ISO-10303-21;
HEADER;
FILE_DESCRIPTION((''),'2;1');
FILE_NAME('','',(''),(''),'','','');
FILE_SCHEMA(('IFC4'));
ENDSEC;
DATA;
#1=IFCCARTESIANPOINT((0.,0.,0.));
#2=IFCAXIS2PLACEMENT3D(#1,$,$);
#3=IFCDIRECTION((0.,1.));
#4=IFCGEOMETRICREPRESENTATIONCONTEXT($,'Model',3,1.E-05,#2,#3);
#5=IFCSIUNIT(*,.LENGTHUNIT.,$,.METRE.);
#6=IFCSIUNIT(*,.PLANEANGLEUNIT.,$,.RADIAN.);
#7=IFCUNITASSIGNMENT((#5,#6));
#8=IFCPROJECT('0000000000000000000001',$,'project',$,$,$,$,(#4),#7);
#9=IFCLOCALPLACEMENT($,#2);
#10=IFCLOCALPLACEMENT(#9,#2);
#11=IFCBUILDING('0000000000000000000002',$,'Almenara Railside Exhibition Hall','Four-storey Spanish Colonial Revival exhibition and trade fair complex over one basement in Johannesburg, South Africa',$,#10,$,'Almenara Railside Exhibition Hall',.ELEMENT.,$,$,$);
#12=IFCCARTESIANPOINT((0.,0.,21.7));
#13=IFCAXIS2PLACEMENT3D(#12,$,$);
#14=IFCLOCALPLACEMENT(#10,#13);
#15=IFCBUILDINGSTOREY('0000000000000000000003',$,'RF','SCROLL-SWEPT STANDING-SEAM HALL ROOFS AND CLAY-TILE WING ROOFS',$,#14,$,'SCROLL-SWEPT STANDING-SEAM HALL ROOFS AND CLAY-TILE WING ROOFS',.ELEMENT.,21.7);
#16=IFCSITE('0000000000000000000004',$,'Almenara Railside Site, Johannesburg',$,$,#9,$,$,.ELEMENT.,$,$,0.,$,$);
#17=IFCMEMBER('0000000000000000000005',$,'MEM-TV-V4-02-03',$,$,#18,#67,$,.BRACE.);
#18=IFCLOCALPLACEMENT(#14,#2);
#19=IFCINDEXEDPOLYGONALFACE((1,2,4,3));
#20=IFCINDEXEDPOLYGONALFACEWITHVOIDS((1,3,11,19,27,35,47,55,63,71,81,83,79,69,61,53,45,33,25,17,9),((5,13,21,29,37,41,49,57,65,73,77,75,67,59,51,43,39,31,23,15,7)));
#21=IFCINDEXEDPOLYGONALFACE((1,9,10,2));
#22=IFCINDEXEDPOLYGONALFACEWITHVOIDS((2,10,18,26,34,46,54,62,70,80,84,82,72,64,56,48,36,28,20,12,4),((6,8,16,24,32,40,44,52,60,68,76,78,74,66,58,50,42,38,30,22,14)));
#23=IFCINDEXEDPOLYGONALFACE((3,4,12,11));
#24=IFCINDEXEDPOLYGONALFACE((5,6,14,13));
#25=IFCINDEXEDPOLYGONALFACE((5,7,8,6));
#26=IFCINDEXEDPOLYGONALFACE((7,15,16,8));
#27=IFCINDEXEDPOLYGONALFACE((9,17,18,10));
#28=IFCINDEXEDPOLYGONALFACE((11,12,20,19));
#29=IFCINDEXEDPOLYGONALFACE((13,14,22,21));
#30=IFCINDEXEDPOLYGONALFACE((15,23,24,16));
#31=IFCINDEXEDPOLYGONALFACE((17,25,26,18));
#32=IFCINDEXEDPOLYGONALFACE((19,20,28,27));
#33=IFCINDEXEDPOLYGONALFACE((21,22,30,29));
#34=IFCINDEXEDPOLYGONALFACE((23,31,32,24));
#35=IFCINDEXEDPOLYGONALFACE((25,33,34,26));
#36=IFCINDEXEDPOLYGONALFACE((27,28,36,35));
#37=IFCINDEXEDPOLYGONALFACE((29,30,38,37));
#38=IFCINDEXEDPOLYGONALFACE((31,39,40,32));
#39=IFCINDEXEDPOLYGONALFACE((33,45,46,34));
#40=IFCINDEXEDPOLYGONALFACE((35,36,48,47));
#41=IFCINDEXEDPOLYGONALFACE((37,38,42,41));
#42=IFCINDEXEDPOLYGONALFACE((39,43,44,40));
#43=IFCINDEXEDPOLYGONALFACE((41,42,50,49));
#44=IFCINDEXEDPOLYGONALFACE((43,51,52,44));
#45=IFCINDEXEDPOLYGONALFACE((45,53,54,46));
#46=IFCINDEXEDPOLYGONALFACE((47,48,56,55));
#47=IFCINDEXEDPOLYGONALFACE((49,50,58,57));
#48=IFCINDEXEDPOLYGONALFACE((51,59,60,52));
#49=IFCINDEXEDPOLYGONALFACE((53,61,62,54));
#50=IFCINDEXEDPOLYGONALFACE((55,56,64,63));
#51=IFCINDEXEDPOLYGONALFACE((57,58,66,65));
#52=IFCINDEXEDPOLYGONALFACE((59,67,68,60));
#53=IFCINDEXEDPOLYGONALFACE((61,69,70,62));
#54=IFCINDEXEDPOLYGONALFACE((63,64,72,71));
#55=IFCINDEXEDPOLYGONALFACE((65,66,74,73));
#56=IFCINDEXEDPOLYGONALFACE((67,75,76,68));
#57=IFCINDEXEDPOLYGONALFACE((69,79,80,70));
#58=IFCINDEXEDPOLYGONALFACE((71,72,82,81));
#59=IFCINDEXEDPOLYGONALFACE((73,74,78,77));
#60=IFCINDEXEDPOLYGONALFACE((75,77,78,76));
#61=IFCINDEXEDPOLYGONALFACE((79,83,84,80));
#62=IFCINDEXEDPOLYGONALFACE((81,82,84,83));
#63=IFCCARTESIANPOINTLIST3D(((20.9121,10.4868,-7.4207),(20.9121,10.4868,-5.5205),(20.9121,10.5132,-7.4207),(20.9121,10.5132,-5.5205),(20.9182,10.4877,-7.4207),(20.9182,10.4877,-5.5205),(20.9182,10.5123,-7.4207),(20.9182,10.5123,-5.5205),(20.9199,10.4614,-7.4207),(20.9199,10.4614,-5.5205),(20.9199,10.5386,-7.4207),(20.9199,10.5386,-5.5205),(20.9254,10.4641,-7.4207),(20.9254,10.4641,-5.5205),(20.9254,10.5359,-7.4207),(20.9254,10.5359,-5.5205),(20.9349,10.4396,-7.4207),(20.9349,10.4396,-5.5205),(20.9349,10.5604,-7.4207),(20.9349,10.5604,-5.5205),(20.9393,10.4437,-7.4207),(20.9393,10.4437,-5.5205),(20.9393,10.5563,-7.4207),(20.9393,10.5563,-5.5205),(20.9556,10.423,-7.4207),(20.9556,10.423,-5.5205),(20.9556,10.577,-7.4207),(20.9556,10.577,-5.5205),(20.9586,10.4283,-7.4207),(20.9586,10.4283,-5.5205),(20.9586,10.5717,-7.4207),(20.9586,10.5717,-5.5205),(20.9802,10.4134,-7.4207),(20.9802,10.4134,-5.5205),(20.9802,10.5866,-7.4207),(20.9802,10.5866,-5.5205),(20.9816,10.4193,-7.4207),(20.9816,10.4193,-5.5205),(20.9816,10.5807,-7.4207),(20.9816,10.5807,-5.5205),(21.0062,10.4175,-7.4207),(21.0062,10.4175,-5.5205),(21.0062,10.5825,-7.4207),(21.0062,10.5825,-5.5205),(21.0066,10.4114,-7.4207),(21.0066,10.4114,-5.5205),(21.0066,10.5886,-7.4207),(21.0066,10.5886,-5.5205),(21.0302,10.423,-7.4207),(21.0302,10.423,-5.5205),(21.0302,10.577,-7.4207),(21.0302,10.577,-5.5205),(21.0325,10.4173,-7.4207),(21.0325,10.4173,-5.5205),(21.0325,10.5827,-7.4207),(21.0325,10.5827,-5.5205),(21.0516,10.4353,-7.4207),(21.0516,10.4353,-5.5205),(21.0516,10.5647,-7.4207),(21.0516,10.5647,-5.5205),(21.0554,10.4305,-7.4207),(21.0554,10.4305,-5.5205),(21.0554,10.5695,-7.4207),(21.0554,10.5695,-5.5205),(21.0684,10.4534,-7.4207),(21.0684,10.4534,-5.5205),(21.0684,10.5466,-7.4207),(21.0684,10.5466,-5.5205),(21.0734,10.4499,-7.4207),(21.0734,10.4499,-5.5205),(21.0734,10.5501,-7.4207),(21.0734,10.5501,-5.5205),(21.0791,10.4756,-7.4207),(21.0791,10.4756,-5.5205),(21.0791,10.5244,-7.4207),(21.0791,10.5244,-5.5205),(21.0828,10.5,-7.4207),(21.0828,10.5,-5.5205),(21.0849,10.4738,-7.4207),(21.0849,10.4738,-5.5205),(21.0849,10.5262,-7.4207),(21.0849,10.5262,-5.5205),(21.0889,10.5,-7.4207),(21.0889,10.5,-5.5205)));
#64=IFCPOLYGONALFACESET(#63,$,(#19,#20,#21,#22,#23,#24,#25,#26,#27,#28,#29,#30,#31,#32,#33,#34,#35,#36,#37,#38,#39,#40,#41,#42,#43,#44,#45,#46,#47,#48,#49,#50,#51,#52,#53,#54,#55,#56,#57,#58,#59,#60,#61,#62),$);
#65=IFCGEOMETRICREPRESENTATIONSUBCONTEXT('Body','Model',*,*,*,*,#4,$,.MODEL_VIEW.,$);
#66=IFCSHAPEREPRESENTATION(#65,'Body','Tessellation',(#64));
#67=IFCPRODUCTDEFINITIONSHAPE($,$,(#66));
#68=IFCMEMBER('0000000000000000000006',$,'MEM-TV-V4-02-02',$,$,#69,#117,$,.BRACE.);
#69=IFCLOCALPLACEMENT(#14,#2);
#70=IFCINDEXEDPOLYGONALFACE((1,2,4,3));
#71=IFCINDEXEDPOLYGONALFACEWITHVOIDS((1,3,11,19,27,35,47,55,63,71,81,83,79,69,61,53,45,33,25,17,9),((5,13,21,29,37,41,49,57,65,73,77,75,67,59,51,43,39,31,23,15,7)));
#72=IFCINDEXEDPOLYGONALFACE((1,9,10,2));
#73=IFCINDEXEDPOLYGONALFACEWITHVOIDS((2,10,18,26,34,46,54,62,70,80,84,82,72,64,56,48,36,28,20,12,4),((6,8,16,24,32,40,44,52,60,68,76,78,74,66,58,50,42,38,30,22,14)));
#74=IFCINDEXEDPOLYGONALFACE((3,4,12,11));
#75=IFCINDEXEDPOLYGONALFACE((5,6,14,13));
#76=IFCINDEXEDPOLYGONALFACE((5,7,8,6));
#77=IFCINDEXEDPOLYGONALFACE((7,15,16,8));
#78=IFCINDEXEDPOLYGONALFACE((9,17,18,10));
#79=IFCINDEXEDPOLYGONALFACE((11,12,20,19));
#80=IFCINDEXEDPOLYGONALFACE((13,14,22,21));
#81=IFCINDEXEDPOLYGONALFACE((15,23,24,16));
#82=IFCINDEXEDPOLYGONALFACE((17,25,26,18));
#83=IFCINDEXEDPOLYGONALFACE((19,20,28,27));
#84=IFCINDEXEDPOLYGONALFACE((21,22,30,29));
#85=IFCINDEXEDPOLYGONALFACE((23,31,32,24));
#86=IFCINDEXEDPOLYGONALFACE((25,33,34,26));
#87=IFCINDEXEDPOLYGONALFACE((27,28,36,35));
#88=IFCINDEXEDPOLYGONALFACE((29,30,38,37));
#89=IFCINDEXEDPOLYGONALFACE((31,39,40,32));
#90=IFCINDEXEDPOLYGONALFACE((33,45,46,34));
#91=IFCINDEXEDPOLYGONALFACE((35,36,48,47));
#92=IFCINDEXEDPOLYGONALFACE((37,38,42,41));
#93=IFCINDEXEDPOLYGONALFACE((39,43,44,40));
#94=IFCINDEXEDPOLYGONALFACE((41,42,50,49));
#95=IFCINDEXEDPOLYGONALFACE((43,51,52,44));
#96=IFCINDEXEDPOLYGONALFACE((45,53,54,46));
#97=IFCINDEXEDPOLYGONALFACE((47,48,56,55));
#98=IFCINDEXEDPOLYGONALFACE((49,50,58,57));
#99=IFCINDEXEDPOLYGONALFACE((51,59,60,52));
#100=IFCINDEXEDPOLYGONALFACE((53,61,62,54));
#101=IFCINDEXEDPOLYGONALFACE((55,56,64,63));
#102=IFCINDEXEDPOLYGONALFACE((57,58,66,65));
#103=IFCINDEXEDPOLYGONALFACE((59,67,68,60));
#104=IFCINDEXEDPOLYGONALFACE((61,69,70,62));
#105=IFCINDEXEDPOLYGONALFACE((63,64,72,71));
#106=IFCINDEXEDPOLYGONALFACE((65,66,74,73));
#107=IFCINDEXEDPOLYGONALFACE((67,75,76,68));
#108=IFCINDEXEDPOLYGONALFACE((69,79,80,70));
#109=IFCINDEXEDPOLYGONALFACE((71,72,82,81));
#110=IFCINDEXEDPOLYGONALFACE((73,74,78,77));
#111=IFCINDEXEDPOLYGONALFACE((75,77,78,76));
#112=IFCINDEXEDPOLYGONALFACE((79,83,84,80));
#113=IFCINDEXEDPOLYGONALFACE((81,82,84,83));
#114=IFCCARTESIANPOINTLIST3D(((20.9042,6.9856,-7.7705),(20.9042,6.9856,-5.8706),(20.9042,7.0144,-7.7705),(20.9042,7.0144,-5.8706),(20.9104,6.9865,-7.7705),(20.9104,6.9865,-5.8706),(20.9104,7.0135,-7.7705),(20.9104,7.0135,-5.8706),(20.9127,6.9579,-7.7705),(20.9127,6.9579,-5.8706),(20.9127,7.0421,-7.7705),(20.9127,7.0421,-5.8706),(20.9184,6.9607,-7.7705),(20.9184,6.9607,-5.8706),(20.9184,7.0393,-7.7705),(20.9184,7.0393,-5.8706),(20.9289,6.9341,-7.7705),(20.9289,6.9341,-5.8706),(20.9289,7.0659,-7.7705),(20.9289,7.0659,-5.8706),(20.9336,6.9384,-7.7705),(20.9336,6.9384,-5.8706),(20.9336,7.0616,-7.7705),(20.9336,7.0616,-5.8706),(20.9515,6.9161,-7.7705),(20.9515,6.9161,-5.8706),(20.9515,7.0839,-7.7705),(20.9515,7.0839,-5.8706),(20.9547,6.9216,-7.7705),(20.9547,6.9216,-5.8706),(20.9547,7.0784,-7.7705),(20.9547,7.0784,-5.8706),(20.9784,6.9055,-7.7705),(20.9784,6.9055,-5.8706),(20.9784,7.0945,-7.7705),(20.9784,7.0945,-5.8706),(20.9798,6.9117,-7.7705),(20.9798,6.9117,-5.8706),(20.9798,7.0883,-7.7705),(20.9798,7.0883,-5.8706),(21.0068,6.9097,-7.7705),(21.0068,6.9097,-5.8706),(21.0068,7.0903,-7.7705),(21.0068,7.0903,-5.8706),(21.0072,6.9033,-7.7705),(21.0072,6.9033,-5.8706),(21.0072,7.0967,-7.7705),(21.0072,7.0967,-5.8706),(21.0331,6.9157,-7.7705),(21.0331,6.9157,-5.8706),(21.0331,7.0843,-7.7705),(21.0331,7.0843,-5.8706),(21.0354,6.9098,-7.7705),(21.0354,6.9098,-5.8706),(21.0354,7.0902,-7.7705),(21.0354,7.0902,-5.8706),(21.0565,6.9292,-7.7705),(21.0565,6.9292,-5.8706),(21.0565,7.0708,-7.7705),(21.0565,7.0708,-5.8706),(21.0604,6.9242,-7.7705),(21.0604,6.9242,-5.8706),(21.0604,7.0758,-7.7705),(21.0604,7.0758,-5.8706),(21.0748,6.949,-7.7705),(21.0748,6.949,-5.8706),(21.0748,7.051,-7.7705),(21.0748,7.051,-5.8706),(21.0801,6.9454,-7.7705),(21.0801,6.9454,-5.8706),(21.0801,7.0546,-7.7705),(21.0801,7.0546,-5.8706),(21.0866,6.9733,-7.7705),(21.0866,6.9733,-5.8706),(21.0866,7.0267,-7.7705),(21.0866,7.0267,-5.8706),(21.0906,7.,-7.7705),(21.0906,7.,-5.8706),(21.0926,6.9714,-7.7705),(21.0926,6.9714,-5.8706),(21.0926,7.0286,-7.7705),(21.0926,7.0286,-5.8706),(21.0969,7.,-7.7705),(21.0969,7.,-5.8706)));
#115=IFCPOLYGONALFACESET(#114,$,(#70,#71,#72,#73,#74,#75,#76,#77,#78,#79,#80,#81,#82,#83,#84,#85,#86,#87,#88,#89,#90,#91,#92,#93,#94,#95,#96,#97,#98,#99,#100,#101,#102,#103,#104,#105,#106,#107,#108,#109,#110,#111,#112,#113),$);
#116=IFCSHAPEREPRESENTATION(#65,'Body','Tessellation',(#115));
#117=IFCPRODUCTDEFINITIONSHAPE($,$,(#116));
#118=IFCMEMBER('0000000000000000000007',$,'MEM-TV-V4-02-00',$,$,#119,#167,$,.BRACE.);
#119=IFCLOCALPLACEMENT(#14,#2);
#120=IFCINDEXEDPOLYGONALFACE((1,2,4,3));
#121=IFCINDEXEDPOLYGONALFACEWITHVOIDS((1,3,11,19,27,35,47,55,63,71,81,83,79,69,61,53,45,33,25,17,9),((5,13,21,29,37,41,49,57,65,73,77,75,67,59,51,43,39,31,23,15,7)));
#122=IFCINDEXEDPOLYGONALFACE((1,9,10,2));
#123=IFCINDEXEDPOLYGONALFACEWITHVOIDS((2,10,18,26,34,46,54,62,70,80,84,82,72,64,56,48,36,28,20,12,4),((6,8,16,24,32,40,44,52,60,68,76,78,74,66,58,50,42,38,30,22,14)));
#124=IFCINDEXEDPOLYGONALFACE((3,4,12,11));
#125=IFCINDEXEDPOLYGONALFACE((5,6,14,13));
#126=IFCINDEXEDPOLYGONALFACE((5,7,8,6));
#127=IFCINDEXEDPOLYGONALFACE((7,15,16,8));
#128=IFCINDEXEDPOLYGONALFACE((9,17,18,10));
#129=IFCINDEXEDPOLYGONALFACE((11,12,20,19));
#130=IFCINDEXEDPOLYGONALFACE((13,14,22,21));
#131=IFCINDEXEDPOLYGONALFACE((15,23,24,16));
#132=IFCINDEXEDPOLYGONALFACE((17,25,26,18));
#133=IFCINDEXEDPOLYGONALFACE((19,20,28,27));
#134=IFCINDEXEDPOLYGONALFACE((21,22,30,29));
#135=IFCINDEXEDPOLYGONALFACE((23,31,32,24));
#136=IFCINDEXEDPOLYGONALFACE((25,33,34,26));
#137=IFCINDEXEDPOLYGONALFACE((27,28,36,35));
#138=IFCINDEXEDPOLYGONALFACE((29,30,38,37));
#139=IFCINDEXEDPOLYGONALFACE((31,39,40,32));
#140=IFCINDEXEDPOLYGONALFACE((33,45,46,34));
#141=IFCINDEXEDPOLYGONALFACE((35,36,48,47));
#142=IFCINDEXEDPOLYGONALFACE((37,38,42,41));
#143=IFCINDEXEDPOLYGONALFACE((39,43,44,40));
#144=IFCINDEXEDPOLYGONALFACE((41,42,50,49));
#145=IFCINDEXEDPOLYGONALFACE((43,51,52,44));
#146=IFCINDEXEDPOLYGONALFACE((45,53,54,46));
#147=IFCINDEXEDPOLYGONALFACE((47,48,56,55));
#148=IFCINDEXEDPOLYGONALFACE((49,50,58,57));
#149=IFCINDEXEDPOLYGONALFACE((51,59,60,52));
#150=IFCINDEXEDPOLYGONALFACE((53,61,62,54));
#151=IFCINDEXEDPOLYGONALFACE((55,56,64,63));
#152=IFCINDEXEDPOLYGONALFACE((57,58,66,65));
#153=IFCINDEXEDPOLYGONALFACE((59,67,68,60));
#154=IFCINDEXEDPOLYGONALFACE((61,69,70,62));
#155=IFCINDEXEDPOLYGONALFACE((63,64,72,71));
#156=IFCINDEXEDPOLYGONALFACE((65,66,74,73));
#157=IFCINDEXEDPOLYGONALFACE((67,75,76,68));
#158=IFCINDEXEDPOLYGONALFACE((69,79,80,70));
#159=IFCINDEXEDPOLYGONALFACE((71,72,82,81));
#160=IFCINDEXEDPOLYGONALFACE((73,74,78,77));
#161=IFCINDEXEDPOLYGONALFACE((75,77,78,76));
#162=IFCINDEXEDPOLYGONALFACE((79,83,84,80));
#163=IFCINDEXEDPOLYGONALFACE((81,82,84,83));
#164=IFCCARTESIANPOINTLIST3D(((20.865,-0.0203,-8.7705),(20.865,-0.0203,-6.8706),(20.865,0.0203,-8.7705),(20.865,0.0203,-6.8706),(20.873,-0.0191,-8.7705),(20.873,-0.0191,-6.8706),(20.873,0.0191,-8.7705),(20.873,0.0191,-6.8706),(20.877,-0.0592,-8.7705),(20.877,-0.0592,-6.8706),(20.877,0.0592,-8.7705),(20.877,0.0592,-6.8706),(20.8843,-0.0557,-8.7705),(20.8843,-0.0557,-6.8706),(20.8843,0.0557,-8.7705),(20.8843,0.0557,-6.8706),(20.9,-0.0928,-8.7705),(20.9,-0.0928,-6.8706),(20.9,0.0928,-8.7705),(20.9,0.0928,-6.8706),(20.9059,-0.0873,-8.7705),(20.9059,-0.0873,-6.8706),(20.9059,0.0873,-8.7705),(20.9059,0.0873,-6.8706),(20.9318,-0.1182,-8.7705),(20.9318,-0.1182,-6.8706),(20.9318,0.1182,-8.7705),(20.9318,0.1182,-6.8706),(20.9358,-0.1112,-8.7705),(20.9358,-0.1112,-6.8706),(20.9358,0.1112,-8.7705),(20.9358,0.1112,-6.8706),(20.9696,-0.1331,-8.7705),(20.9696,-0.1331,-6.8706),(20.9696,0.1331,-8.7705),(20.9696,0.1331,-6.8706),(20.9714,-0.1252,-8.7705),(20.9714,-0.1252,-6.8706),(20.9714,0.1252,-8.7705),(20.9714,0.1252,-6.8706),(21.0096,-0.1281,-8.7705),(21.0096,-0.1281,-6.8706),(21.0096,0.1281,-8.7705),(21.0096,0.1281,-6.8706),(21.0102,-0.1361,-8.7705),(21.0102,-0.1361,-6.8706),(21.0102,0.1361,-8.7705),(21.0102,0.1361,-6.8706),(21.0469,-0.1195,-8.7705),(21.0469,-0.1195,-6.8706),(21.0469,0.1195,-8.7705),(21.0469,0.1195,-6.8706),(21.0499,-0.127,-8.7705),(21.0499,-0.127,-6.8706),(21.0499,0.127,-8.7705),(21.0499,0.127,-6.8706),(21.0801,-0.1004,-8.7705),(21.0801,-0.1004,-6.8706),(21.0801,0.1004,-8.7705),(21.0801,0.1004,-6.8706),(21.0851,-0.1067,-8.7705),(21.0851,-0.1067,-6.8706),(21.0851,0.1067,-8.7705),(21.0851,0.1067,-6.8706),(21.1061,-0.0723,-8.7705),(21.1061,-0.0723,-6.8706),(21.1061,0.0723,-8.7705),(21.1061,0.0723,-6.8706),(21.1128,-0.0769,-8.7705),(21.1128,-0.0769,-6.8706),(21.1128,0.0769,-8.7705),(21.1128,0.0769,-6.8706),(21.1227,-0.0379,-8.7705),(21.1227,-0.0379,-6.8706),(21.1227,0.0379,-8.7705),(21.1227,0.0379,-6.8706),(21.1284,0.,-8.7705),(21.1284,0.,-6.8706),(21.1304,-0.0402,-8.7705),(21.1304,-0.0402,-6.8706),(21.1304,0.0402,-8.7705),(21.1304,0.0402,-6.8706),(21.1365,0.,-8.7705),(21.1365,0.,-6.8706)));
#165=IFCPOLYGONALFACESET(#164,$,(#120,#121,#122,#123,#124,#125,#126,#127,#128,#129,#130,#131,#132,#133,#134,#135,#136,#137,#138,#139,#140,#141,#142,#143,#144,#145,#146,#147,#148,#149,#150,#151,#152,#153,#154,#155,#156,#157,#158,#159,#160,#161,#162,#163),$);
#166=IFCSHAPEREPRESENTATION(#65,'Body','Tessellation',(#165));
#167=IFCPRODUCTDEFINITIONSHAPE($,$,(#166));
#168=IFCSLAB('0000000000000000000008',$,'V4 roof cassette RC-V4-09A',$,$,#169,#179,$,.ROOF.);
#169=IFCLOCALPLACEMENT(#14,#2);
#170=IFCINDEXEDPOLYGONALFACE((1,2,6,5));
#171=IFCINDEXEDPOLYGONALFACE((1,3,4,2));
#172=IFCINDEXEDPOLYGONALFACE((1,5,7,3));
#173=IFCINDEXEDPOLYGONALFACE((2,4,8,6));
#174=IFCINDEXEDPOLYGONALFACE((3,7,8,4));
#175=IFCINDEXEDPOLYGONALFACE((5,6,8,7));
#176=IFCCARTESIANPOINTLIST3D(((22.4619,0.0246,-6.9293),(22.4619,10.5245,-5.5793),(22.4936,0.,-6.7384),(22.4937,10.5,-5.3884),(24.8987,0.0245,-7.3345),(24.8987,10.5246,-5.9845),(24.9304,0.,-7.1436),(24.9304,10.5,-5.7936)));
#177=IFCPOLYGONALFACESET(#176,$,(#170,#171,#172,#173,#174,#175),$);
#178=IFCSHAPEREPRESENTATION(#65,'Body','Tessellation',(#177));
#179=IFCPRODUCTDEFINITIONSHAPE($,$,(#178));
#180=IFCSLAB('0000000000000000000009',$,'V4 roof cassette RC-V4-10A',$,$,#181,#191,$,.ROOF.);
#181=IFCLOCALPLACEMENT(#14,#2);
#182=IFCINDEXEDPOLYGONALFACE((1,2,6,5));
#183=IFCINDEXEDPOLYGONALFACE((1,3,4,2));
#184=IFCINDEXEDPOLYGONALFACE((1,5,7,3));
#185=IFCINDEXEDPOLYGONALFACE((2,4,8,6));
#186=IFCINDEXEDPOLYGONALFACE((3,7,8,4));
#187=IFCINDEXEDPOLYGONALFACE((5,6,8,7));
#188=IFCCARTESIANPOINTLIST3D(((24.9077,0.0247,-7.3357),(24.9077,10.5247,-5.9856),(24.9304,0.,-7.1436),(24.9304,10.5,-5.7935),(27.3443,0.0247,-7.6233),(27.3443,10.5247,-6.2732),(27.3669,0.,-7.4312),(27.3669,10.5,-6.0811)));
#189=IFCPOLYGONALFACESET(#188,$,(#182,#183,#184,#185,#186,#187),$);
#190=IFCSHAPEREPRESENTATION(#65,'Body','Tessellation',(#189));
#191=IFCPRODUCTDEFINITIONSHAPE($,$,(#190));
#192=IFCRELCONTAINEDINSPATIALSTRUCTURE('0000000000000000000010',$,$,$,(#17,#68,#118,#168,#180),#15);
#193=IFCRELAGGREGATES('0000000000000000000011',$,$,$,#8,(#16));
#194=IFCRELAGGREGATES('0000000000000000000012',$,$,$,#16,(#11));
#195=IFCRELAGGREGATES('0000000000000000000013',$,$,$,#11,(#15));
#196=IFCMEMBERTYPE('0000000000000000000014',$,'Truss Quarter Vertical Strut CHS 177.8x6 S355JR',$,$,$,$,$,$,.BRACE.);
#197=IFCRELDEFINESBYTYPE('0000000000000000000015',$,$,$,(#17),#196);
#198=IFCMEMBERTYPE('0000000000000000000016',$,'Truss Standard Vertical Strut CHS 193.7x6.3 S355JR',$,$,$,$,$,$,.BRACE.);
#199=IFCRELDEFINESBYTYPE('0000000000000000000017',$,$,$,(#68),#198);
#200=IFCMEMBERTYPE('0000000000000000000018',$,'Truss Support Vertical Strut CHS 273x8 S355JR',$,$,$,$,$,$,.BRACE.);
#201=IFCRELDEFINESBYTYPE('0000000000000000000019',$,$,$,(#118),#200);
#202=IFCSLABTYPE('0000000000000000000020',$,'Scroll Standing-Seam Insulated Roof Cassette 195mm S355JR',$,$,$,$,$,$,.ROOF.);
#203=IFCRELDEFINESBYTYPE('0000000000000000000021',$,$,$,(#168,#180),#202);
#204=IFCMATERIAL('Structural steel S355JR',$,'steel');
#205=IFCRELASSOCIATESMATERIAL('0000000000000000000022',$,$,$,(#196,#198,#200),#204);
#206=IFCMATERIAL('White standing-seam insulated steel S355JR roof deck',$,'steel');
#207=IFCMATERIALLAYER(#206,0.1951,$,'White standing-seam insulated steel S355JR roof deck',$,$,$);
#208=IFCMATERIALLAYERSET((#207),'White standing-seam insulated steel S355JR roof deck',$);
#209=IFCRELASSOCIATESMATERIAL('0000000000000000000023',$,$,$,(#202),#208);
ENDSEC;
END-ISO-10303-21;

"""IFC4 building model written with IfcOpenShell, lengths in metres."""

from ifc_helpers import new_model, si_unit, direction, frame, origin, origin_2d, place, context, subcontext, project, spatial, polyline, hollow_circle, outline, extrude, material, layer, layer_set, material_profile, profile_set, type_object, element, save


model = new_model("IFC4")

# Units and contexts
model_context = context("Model", 3, precision=1e-05, world=origin(), true_north=direction((0.0, 1.0)))
body_context = subcontext(model_context, "Body", "Model", "MODEL_VIEW")
ifc_project = project(units=[si_unit("LENGTHUNIT", "METRE"), si_unit("PLANEANGLEUNIT", "RADIAN")], contexts=[model_context])

# Site, building, storey
site_placement = place(None, origin())
site = spatial("IfcSite", under=ifc_project, at=site_placement, Name="Almenara Railside Site, Johannesburg", CompositionType="ELEMENT", RefElevation=0.0)
building_placement = place(site_placement, origin())
building = spatial("IfcBuilding", under=site, at=building_placement, Name="Almenara Railside Exhibition Hall", Description="Four-storey Spanish Colonial Revival exhibition and trade fair complex over one basement in Johannesburg, South Africa", LongName="Almenara Railside Exhibition Hall", CompositionType="ELEMENT")
storey_placement = place(building_placement, frame((0.0, 0.0, 21.7)))
storey = spatial("IfcBuildingStorey", under=building, at=storey_placement, Name="RF", Description="SCROLL-SWEPT STANDING-SEAM HALL ROOFS AND CLAY-TILE WING ROOFS", LongName="SCROLL-SWEPT STANDING-SEAM HALL ROOFS AND CLAY-TILE WING ROOFS", CompositionType="ELEMENT", Elevation=21.7)

# Shared definitions
ifc_material_1 = material(Name="Structural steel S355JR", Category="steel")

# Members
ifc_material_profile_1 = material_profile(ifc_material_1, hollow_circle(Radius=0.0889, WallThickness=0.0061, at=origin_2d()), Name="CHS 177.8x6")
ifc_profile_set_1 = profile_set([ifc_material_profile_1], Name="Structural steel S355JR")
member_type_1 = type_object("IfcMemberType", Name="Truss Quarter Vertical Strut CHS 177.8x6 S355JR", PredefinedType="BRACE", material=ifc_profile_set_1)
member_1_placement = place(storey_placement, frame((21.0, 10.5, -7.4207), z_axis=(0.0, 0.0, 1.0), x_axis=(1.0, 0.0, 0.0)))
element("IfcMember", 1, at=member_1_placement, inside=storey, type_object=member_type_1, Name="MEM-TV-V4-02-03", PredefinedType="BRACE", context=body_context, shape_type="SweptSolid", body=[
    extrude(hollow_circle(Radius=0.0889, WallThickness=0.0061, at=origin_2d()), origin(), (0.0, 0.0, 1.0), 1.9001),
])
ifc_material_profile_2 = material_profile(ifc_material_1, hollow_circle(Radius=0.0969, WallThickness=0.0063, at=origin_2d()), Name="CHS 193.7x6.3")
ifc_profile_set_2 = profile_set([ifc_material_profile_2], Name="Structural steel S355JR")
member_type_2 = type_object("IfcMemberType", Name="Truss Standard Vertical Strut CHS 193.7x6.3 S355JR", PredefinedType="BRACE", material=ifc_profile_set_2)
member_2_placement = place(storey_placement, frame((21.0, 7.0, -7.7705), z_axis=(0.0, 0.0, 1.0), x_axis=(1.0, 0.0, 0.0)))
element("IfcMember", 2, at=member_2_placement, inside=storey, type_object=member_type_2, Name="MEM-TV-V4-02-02", PredefinedType="BRACE", context=body_context, shape_type="SweptSolid", body=[
    extrude(hollow_circle(Radius=0.0969, WallThickness=0.0063, at=origin_2d()), origin(), (0.0, 0.0, 1.0), 1.8999),
])
ifc_material_profile_3 = material_profile(ifc_material_1, hollow_circle(Radius=0.1365, WallThickness=0.0081, at=origin_2d()), Name="CHS 273x8")
ifc_profile_set_3 = profile_set([ifc_material_profile_3], Name="Structural steel S355JR")
member_type_3 = type_object("IfcMemberType", Name="Truss Support Vertical Strut CHS 273x8 S355JR", PredefinedType="BRACE", material=ifc_profile_set_3)
member_3_placement = place(storey_placement, frame((21.0, 0.0, -8.7705), z_axis=(0.0, 0.0, 1.0), x_axis=(1.0, 0.0, 0.0)))
element("IfcMember", 3, at=member_3_placement, inside=storey, type_object=member_type_3, Name="MEM-TV-V4-02-00", PredefinedType="BRACE", context=body_context, shape_type="SweptSolid", body=[
    extrude(hollow_circle(Radius=0.1365, WallThickness=0.0081, at=origin_2d()), origin(), (0.0, 0.0, 1.0), 1.8999),
])

# Slabs
ifc_material_2 = material(Name="White standing-seam insulated steel S355JR roof deck", Category="steel")
ifc_layer_1 = layer(ifc_material_2, 0.1951, Name="White standing-seam insulated steel S355JR roof deck")
ifc_layer_set_1 = layer_set([ifc_layer_1], Name="White standing-seam insulated steel S355JR roof deck")
slab_type = type_object("IfcSlabType", Name="Scroll Standing-Seam Insulated Roof Cassette 195mm S355JR", PredefinedType="ROOF", material=ifc_layer_set_1)
slab_1_placement = place(storey_placement, frame((22.4937, 10.5, -5.3884), z_axis=(0.162711, -0.12582, 0.978619), x_axis=(0.986458, 0.000006, -0.164014)))
element("IfcSlab", 4, at=slab_1_placement, inside=storey, type_object=slab_type, Name="V4 roof cassette RC-V4-09A", PredefinedType="ROOF", context=body_context, shape_type="SweptSolid", body=[
    extrude(outline(polyline([(0.0, 0.0), (2.4702, 0.0), (2.6916, -10.5841), (0.2213, -10.5841), (0.0, 0.0)])), origin(), (0.0, 0.0, -1.0), 0.1951),
])
slab_2_placement = place(storey_placement, frame((24.9304, 10.5, -5.7935), z_axis=(0.116278, -0.126666, 0.985107), x_axis=(0.993106, 0.0, -0.117222)))
element("IfcSlab", 5, at=slab_2_placement, inside=storey, type_object=slab_type, Name="V4 roof cassette RC-V4-10A", PredefinedType="ROOF", context=body_context, shape_type="SweptSolid", body=[
    extrude(outline(polyline([(0.0, 0.0), (2.4534, 0.0), (2.6117, -10.5853), (0.1583, -10.5853), (0.0, 0.0)])), origin(), (0.0, 0.0, -1.0), 0.1951),
])

save(model, "model.ifc")
